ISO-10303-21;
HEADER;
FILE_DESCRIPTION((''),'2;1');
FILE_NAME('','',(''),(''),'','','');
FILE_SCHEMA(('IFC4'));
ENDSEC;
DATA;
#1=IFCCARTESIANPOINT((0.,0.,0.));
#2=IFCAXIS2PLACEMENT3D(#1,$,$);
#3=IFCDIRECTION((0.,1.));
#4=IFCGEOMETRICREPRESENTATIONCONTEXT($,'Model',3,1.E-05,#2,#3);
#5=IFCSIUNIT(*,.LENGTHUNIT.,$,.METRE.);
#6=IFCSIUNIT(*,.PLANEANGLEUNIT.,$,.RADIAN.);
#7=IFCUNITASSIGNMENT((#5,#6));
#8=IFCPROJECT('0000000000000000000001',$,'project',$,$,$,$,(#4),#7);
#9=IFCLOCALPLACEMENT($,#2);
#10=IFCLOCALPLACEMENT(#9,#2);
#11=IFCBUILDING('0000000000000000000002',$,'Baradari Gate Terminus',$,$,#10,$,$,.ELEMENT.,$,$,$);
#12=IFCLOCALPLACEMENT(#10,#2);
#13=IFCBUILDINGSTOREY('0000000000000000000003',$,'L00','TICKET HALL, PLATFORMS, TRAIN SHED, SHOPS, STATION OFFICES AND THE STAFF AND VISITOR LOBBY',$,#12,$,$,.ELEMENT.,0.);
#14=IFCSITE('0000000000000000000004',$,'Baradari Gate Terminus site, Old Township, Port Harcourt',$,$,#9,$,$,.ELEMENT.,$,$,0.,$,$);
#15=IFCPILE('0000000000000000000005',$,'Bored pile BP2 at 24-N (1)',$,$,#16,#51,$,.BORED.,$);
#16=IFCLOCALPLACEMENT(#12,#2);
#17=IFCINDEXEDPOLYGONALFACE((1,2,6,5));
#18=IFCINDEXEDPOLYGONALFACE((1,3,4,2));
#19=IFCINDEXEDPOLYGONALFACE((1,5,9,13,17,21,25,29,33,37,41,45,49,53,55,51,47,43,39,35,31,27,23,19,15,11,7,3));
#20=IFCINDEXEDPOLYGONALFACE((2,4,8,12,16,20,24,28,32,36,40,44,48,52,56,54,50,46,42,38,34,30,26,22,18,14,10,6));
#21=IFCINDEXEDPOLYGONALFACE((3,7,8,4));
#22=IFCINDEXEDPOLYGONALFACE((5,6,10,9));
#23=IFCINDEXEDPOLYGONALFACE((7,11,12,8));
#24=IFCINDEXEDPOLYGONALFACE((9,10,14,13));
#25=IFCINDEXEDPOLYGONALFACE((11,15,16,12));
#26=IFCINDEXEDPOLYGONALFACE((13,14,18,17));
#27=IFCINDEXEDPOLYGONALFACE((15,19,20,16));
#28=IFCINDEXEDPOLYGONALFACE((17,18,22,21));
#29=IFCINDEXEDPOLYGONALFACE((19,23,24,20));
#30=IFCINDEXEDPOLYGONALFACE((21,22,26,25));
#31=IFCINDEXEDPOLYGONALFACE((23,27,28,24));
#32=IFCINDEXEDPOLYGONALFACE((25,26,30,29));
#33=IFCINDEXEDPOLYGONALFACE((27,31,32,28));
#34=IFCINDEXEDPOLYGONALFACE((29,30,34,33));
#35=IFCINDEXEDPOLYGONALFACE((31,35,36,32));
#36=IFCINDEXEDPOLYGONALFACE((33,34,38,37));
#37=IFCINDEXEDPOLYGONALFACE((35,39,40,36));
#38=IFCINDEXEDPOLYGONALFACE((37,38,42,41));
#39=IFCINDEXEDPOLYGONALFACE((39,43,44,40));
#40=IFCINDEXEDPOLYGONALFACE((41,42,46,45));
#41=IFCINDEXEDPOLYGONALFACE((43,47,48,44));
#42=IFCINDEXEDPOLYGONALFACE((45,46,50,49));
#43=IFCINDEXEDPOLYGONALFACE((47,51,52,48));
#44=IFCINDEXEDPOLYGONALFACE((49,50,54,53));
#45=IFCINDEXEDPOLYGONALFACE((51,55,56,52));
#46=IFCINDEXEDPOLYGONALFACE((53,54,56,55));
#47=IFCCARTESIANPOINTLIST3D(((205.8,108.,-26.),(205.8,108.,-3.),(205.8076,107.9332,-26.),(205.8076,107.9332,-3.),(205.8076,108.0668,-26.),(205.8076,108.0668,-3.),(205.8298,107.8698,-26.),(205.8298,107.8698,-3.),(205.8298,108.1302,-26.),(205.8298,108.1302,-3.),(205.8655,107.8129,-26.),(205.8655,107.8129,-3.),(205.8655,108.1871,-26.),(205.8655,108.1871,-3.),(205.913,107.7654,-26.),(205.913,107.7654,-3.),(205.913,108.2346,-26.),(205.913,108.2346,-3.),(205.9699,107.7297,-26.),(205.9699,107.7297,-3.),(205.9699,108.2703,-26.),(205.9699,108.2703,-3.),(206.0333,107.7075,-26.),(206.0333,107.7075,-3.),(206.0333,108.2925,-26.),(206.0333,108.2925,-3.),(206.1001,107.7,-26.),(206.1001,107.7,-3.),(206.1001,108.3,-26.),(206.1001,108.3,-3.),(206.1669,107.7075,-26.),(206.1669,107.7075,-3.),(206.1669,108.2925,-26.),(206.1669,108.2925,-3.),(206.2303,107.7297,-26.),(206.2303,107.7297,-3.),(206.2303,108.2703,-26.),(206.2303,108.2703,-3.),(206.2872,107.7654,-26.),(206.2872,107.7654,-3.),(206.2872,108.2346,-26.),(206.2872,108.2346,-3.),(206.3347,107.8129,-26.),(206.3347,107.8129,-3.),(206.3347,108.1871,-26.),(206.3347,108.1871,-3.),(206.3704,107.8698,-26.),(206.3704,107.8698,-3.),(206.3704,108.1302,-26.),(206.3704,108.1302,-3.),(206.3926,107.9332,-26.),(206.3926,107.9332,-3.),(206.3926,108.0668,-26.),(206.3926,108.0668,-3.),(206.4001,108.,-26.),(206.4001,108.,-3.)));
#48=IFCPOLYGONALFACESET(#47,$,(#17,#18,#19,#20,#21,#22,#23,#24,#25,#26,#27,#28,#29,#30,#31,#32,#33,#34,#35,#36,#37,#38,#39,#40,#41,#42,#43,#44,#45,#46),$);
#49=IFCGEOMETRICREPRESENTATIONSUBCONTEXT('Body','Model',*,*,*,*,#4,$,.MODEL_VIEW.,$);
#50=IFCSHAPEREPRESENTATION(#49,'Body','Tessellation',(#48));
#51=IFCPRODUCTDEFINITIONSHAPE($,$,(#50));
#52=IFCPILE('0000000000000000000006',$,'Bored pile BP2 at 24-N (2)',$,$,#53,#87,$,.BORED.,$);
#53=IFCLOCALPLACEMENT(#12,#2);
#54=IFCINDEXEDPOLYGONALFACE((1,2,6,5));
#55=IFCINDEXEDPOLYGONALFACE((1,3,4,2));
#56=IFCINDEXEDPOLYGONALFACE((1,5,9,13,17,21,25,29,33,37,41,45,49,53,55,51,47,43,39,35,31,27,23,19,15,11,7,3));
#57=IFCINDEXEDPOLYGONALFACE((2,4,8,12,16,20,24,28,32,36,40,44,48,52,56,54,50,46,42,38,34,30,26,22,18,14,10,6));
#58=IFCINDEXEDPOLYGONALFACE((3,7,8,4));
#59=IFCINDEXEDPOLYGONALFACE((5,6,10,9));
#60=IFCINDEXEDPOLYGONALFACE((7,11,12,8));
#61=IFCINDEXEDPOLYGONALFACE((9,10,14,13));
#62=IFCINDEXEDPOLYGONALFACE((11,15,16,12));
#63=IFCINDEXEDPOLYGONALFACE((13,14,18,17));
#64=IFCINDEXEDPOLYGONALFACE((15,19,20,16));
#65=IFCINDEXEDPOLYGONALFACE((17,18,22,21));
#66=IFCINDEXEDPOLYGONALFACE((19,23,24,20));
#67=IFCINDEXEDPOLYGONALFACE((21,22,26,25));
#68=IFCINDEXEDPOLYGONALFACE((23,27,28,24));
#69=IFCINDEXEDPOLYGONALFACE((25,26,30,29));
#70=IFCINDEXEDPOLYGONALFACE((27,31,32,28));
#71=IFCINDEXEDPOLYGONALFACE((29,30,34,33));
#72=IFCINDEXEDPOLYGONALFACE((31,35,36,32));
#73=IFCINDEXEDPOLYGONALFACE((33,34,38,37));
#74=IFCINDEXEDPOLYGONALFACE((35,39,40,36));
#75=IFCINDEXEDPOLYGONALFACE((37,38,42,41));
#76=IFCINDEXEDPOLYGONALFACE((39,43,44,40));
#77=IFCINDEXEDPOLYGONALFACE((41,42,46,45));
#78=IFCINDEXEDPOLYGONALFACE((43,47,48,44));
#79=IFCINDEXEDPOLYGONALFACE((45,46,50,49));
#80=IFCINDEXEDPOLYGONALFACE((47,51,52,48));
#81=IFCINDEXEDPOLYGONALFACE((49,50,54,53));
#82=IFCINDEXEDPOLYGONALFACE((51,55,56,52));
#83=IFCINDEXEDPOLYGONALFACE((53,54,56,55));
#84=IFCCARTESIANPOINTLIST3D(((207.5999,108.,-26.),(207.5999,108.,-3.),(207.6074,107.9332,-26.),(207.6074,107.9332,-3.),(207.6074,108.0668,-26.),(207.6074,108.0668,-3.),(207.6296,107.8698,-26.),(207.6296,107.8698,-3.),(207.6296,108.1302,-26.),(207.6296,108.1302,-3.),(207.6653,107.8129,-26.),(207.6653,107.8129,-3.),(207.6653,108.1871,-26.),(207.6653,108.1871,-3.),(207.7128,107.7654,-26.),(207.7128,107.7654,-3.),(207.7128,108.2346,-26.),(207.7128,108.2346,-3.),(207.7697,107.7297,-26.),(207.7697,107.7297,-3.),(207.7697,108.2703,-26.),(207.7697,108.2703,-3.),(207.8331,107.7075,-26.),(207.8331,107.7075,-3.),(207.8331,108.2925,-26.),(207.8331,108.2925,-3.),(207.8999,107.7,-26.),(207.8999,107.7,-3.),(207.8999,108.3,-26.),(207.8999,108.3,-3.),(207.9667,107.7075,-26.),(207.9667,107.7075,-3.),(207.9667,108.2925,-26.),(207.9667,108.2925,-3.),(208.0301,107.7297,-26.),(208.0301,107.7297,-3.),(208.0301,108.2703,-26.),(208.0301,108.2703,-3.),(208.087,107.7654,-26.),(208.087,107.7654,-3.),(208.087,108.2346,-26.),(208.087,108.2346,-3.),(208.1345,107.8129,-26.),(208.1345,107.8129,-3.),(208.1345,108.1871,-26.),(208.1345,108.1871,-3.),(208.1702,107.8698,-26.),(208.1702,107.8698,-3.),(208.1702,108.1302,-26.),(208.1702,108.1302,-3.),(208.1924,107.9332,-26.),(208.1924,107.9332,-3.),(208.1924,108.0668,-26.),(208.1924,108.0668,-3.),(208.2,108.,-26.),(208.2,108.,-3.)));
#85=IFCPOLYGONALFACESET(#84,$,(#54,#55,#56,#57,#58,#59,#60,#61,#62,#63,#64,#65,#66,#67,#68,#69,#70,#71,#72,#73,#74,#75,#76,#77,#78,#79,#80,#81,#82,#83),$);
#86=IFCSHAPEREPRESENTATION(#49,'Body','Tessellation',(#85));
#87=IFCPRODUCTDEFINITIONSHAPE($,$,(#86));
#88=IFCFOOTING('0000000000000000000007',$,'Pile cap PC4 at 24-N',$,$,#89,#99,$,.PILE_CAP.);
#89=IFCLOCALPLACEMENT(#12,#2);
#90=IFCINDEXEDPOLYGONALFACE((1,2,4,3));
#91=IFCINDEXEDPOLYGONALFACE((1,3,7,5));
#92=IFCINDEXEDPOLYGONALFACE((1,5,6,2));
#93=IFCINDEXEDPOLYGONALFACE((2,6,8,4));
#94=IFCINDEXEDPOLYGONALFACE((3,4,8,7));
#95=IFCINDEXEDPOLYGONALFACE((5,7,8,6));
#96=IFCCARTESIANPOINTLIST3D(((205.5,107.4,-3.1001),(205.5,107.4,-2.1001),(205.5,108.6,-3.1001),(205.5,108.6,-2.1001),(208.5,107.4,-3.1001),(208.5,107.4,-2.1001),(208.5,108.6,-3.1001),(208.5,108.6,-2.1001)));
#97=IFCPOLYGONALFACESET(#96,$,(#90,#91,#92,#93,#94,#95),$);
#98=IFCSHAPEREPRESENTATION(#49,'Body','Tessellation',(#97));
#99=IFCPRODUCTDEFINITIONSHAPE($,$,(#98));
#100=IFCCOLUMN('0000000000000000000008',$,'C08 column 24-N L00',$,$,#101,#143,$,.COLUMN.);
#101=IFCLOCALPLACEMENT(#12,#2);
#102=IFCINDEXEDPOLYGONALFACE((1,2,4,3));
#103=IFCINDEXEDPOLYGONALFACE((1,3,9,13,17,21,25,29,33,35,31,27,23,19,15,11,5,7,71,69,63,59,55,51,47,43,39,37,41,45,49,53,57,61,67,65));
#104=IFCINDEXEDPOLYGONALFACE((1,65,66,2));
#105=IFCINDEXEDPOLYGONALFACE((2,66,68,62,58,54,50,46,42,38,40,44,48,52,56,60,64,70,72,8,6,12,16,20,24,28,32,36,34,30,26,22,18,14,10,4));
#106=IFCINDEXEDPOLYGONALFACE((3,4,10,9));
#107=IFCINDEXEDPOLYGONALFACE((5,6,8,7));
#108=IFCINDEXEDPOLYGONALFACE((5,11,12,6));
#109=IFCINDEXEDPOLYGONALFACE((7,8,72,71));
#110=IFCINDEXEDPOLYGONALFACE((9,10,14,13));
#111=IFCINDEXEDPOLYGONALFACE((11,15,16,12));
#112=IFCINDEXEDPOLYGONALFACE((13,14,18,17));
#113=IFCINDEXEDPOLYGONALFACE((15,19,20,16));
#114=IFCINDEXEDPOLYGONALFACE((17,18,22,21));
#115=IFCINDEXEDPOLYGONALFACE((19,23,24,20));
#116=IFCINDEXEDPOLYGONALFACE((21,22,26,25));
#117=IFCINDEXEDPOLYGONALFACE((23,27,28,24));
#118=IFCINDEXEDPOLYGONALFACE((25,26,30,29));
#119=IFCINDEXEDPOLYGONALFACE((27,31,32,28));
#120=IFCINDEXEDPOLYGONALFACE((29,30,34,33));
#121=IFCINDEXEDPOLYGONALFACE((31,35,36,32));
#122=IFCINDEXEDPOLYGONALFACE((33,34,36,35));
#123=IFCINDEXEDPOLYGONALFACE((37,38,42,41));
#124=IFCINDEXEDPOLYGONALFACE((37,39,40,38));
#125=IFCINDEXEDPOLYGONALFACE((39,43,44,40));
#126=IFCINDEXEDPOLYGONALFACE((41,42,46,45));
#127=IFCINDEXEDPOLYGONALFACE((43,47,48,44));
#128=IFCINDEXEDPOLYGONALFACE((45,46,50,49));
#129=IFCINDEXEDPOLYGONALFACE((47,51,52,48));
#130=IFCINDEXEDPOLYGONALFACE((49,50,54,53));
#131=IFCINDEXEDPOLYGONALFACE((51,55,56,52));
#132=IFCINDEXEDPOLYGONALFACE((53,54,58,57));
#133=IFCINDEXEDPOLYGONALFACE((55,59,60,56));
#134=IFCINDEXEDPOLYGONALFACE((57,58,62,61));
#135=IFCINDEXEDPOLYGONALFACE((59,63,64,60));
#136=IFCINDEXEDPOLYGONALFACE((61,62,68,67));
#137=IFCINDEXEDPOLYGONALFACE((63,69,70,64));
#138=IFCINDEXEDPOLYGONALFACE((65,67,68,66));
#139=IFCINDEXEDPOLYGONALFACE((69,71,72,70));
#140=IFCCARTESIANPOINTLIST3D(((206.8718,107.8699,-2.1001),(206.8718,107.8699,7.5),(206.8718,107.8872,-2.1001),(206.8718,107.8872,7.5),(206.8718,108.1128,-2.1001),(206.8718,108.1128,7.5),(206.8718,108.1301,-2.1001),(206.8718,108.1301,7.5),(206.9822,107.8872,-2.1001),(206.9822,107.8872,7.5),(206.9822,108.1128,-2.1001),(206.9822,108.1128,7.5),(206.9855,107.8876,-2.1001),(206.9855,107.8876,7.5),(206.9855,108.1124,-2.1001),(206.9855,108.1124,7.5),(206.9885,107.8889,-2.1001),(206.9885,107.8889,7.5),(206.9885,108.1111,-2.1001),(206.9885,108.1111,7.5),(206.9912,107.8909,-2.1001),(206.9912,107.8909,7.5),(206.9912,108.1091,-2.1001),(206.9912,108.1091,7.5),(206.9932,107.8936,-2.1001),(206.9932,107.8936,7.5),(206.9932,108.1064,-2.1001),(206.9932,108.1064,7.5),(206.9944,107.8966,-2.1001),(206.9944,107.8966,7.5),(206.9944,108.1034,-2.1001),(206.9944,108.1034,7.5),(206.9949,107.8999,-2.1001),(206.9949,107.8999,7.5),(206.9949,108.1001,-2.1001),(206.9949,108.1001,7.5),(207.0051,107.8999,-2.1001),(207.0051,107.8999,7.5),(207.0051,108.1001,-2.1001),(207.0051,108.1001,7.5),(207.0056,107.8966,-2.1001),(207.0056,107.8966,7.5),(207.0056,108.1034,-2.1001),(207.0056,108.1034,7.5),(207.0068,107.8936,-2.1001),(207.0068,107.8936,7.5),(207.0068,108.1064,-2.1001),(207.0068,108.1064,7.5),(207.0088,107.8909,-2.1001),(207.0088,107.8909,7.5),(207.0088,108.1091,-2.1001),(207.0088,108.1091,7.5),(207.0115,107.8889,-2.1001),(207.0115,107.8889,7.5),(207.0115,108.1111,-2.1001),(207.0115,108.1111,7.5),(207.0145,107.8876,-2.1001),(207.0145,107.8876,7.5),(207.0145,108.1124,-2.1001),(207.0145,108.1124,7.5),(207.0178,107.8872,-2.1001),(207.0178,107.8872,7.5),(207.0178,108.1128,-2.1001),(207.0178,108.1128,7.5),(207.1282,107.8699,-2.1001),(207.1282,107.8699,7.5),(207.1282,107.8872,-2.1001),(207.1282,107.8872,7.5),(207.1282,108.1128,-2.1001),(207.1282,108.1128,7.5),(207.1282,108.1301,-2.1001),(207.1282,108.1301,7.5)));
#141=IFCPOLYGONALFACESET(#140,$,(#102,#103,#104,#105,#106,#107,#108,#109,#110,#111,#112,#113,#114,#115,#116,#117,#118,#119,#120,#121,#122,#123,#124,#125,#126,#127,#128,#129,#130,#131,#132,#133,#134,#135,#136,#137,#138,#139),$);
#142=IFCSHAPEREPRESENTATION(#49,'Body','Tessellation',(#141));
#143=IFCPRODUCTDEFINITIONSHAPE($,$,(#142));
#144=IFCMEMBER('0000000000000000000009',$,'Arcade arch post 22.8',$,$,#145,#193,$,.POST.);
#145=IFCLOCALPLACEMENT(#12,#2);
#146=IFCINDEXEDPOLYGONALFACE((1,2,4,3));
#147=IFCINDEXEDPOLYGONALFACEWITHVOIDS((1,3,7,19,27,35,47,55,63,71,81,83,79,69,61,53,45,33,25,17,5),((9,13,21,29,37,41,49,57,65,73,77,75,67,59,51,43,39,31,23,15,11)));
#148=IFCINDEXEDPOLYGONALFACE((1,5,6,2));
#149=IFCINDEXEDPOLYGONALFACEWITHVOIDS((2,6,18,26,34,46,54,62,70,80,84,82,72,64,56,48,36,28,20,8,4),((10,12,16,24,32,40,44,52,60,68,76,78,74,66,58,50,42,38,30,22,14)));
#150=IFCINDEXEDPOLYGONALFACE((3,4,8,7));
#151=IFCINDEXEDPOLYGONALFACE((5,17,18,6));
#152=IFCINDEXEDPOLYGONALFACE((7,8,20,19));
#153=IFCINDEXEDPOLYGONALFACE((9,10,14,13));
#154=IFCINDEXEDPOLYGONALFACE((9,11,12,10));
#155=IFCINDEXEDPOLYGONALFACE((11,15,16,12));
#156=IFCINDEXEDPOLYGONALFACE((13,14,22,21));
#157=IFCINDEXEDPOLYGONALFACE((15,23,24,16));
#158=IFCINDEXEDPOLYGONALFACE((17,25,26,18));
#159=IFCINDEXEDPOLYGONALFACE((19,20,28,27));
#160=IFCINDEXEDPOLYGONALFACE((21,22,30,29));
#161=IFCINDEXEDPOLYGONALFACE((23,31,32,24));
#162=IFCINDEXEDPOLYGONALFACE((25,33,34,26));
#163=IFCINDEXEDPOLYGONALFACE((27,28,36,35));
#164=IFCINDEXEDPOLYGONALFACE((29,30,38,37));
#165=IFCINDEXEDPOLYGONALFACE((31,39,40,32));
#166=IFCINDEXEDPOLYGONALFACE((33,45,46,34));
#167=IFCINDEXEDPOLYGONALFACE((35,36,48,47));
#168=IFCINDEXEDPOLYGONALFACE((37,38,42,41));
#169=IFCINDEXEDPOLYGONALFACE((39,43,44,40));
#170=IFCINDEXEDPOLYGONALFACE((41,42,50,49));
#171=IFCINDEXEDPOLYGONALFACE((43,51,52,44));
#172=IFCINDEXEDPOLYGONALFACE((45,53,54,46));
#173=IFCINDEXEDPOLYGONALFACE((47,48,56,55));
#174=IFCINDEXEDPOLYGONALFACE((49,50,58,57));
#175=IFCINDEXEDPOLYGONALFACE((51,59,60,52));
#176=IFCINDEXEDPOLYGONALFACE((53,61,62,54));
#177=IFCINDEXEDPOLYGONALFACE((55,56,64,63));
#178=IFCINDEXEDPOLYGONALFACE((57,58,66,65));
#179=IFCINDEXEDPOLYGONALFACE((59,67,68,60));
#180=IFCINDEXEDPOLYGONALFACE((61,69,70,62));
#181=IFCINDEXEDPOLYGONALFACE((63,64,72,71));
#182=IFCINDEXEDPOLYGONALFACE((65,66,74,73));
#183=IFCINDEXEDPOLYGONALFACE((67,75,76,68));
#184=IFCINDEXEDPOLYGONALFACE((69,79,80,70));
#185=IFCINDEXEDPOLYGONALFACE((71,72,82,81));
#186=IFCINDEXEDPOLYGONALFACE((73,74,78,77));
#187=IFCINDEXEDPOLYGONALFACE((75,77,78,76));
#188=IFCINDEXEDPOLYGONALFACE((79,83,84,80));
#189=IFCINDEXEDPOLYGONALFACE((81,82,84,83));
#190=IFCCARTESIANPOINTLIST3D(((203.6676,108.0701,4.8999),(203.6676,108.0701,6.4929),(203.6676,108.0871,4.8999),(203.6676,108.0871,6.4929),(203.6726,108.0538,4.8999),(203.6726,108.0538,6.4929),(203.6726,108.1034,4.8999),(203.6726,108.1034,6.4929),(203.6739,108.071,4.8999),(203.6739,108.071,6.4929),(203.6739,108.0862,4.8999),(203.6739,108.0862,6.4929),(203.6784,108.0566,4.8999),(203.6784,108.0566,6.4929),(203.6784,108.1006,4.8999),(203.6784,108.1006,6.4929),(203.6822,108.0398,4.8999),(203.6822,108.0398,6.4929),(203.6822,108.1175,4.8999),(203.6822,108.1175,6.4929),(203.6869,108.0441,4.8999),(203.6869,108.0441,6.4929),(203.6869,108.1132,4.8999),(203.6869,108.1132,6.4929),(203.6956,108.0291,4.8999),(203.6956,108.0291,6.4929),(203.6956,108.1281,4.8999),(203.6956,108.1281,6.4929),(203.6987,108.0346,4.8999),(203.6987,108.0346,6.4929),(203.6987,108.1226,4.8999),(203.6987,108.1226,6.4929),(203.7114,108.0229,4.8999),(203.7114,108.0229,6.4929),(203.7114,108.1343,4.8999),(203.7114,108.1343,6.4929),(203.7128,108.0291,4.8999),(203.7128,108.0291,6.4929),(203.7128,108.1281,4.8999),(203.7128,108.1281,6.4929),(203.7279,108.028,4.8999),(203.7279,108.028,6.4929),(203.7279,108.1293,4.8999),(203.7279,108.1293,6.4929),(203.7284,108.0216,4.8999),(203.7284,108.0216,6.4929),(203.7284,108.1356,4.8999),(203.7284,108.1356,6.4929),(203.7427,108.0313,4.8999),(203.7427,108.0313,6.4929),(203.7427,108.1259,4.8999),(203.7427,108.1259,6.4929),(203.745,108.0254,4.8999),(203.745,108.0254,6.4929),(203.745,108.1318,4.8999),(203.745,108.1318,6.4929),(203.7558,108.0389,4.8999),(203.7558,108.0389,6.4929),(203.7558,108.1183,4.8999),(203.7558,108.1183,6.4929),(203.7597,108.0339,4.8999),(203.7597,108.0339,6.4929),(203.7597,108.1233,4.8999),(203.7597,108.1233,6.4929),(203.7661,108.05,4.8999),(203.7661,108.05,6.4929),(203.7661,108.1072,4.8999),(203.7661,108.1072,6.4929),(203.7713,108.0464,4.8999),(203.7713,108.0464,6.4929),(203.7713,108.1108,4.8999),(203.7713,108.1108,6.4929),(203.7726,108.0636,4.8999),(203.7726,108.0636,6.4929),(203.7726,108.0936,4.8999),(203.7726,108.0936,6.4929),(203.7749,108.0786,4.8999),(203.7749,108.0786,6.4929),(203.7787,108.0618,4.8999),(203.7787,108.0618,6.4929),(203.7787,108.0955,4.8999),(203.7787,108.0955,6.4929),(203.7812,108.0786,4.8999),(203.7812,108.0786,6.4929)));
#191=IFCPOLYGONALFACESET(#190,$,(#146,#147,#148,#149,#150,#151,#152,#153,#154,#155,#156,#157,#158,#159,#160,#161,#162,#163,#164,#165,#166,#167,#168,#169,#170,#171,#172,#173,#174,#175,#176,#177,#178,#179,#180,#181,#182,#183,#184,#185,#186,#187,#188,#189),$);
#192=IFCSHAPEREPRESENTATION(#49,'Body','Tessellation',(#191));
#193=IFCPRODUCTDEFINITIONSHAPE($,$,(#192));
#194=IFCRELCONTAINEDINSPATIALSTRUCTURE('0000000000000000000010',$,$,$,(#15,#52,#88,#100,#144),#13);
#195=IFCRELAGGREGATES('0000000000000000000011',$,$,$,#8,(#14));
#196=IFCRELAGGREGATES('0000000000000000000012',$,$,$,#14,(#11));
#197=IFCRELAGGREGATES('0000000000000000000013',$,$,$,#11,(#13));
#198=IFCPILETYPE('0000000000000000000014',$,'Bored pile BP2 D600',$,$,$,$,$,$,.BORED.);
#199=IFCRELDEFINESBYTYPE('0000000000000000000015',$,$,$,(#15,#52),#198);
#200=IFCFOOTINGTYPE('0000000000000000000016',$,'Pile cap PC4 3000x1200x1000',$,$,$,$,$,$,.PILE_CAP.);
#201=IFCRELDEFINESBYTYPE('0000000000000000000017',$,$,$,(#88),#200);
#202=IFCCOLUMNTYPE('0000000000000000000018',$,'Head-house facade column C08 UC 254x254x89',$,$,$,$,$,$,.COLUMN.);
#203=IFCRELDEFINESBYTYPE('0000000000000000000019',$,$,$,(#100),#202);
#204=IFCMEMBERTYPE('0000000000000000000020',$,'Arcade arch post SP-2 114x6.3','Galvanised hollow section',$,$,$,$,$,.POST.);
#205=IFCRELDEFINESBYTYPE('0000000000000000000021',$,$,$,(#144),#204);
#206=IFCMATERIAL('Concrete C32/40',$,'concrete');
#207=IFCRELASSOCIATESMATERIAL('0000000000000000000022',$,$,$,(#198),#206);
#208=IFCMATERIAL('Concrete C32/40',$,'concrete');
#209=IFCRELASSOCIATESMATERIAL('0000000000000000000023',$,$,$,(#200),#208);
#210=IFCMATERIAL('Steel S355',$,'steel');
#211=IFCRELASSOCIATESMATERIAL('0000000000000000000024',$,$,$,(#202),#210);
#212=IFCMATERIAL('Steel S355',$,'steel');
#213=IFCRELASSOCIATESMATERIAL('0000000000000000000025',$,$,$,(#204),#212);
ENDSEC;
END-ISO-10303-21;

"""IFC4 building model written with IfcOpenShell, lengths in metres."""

from ifc_helpers import new_model, si_unit, direction, frame, origin, origin_2d, place, context, subcontext, project, spatial, rectangle, circle, hollow_circle, i_section, extrude, material, material_profile, profile_set, type_object, element, save


model = new_model("IFC4")

# Units and contexts
model_context = context("Model", 3, precision=1e-05, world=origin(), true_north=direction((0.0, 1.0)))
body_context = subcontext(model_context, "Body", "Model", "MODEL_VIEW")
ifc_project = project(units=[si_unit("LENGTHUNIT", "METRE"), si_unit("PLANEANGLEUNIT", "RADIAN")], contexts=[model_context])

# Site, building, storey
site_placement = place(None, origin())
site = spatial("IfcSite", under=ifc_project, at=site_placement, Name="Baradari Gate Terminus site, Old Township, Port Harcourt", CompositionType="ELEMENT", RefElevation=0.0)
building_placement = place(site_placement, origin())
building = spatial("IfcBuilding", under=site, at=building_placement, Name="Baradari Gate Terminus", CompositionType="ELEMENT")
storey_placement = place(building_placement, origin())
storey = spatial("IfcBuildingStorey", under=building, at=storey_placement, Name="L00", Description="TICKET HALL, PLATFORMS, TRAIN SHED, SHOPS, STATION OFFICES AND THE STAFF AND VISITOR LOBBY", CompositionType="ELEMENT", Elevation=0.0)

# Piles
ifc_material_1 = material(Name="Concrete C32/40", Category="concrete")
pile_type = type_object("IfcPileType", Name="Bored pile BP2 D600", PredefinedType="BORED", material=ifc_material_1)
for number, where, z_axis, x_axis, name in (
    (1, (206.1001, 108.0, -3.0), (0.0, 0.0, -1.0), (1.0, 0.0, 0.0), "Bored pile BP2 at 24-N (1)"),
    (2, (207.8999, 108.0, -3.0), (0.0, 0.0, -1.0), (1.0, 0.0, 0.0), "Bored pile BP2 at 24-N (2)"),
):
    element("IfcPile", number, at=place(storey_placement, frame(where, z_axis=z_axis, x_axis=x_axis)), inside=storey, type_object=pile_type, Name=name, PredefinedType="BORED", context=body_context, shape_type="SweptSolid", body=[
        extrude(circle(Radius=0.3, at=origin_2d()), origin(), (0.0, 0.0, 1.0), 23.0),
    ])

# Footing
ifc_material_2 = material(Name="Concrete C32/40", Category="concrete")
footing_type = type_object("IfcFootingType", Name="Pile cap PC4 3000x1200x1000", PredefinedType="PILE_CAP", material=ifc_material_2)
footing_placement = place(storey_placement, frame((207.0, 108.0, -3.1001), z_axis=(0.0, 0.0, 1.0), x_axis=(1.0, 0.0, 0.0)))
element("IfcFooting", 3, at=footing_placement, inside=storey, type_object=footing_type, Name="Pile cap PC4 at 24-N", PredefinedType="PILE_CAP", context=body_context, shape_type="SweptSolid", body=[
    extrude(rectangle(XDim=3.0, YDim=1.2, at=origin_2d()), origin(), (0.0, 0.0, 1.0), 1.0),
])

# Column
ifc_material_3 = material(Name="Steel S355", Category="steel")
ifc_material_profile_1 = material_profile(ifc_material_3, i_section(OverallWidth=0.2563, OverallDepth=0.2603, WebThickness=0.0103, FlangeThickness=0.0173, FilletRadius=0.0127, at=origin_2d()), Name="UC 254x254x89")
ifc_profile_set_1 = profile_set([ifc_material_profile_1], Name="Steel S355")
column_type = type_object("IfcColumnType", Name="Head-house facade column C08 UC 254x254x89", PredefinedType="COLUMN", material=ifc_profile_set_1)
column_placement = place(storey_placement, frame((207.0, 108.0, -2.1001), z_axis=(0.0, 0.0, 1.0), x_axis=(1.0, 0.0, 0.0)))
element("IfcColumn", 4, at=column_placement, inside=storey, type_object=column_type, Name="C08 column 24-N L00", PredefinedType="COLUMN", context=body_context, shape_type="SweptSolid", body=[
    extrude(i_section(OverallWidth=0.2563, OverallDepth=0.2603, WebThickness=0.0103, FlangeThickness=0.0173, FilletRadius=0.0127, at=origin_2d()), origin(), (0.0, 0.0, 1.0), 9.6001),
])

# Member
ifc_material_4 = material(Name="Steel S355", Category="steel")
ifc_material_profile_2 = material_profile(ifc_material_4, hollow_circle(Radius=0.0571, WallThickness=0.0063, at=origin_2d()), Name="CHS 114.3x6.3")
ifc_profile_set_2 = profile_set([ifc_material_profile_2], Name="Steel S355")
member_type_1 = type_object("IfcMemberType", Name="Arcade arch post SP-2 114x6.3", Description="Galvanised hollow section", PredefinedType="POST", material=ifc_profile_set_2)
member_1_placement = place(storey_placement, frame((203.7241, 108.0786, 4.8999), z_axis=(0.0, 0.0, 1.0), x_axis=(1.0, 0.0, 0.0)))
element("IfcMember", 5, at=member_1_placement, inside=storey, type_object=member_type_1, Name="Arcade arch post 22.8", PredefinedType="POST", context=body_context, shape_type="SweptSolid", body=[
    extrude(hollow_circle(Radius=0.0571, WallThickness=0.0063, at=origin_2d()), origin(), (0.0, 0.0, 1.0), 1.593),
])

save(model, "model.ifc")
